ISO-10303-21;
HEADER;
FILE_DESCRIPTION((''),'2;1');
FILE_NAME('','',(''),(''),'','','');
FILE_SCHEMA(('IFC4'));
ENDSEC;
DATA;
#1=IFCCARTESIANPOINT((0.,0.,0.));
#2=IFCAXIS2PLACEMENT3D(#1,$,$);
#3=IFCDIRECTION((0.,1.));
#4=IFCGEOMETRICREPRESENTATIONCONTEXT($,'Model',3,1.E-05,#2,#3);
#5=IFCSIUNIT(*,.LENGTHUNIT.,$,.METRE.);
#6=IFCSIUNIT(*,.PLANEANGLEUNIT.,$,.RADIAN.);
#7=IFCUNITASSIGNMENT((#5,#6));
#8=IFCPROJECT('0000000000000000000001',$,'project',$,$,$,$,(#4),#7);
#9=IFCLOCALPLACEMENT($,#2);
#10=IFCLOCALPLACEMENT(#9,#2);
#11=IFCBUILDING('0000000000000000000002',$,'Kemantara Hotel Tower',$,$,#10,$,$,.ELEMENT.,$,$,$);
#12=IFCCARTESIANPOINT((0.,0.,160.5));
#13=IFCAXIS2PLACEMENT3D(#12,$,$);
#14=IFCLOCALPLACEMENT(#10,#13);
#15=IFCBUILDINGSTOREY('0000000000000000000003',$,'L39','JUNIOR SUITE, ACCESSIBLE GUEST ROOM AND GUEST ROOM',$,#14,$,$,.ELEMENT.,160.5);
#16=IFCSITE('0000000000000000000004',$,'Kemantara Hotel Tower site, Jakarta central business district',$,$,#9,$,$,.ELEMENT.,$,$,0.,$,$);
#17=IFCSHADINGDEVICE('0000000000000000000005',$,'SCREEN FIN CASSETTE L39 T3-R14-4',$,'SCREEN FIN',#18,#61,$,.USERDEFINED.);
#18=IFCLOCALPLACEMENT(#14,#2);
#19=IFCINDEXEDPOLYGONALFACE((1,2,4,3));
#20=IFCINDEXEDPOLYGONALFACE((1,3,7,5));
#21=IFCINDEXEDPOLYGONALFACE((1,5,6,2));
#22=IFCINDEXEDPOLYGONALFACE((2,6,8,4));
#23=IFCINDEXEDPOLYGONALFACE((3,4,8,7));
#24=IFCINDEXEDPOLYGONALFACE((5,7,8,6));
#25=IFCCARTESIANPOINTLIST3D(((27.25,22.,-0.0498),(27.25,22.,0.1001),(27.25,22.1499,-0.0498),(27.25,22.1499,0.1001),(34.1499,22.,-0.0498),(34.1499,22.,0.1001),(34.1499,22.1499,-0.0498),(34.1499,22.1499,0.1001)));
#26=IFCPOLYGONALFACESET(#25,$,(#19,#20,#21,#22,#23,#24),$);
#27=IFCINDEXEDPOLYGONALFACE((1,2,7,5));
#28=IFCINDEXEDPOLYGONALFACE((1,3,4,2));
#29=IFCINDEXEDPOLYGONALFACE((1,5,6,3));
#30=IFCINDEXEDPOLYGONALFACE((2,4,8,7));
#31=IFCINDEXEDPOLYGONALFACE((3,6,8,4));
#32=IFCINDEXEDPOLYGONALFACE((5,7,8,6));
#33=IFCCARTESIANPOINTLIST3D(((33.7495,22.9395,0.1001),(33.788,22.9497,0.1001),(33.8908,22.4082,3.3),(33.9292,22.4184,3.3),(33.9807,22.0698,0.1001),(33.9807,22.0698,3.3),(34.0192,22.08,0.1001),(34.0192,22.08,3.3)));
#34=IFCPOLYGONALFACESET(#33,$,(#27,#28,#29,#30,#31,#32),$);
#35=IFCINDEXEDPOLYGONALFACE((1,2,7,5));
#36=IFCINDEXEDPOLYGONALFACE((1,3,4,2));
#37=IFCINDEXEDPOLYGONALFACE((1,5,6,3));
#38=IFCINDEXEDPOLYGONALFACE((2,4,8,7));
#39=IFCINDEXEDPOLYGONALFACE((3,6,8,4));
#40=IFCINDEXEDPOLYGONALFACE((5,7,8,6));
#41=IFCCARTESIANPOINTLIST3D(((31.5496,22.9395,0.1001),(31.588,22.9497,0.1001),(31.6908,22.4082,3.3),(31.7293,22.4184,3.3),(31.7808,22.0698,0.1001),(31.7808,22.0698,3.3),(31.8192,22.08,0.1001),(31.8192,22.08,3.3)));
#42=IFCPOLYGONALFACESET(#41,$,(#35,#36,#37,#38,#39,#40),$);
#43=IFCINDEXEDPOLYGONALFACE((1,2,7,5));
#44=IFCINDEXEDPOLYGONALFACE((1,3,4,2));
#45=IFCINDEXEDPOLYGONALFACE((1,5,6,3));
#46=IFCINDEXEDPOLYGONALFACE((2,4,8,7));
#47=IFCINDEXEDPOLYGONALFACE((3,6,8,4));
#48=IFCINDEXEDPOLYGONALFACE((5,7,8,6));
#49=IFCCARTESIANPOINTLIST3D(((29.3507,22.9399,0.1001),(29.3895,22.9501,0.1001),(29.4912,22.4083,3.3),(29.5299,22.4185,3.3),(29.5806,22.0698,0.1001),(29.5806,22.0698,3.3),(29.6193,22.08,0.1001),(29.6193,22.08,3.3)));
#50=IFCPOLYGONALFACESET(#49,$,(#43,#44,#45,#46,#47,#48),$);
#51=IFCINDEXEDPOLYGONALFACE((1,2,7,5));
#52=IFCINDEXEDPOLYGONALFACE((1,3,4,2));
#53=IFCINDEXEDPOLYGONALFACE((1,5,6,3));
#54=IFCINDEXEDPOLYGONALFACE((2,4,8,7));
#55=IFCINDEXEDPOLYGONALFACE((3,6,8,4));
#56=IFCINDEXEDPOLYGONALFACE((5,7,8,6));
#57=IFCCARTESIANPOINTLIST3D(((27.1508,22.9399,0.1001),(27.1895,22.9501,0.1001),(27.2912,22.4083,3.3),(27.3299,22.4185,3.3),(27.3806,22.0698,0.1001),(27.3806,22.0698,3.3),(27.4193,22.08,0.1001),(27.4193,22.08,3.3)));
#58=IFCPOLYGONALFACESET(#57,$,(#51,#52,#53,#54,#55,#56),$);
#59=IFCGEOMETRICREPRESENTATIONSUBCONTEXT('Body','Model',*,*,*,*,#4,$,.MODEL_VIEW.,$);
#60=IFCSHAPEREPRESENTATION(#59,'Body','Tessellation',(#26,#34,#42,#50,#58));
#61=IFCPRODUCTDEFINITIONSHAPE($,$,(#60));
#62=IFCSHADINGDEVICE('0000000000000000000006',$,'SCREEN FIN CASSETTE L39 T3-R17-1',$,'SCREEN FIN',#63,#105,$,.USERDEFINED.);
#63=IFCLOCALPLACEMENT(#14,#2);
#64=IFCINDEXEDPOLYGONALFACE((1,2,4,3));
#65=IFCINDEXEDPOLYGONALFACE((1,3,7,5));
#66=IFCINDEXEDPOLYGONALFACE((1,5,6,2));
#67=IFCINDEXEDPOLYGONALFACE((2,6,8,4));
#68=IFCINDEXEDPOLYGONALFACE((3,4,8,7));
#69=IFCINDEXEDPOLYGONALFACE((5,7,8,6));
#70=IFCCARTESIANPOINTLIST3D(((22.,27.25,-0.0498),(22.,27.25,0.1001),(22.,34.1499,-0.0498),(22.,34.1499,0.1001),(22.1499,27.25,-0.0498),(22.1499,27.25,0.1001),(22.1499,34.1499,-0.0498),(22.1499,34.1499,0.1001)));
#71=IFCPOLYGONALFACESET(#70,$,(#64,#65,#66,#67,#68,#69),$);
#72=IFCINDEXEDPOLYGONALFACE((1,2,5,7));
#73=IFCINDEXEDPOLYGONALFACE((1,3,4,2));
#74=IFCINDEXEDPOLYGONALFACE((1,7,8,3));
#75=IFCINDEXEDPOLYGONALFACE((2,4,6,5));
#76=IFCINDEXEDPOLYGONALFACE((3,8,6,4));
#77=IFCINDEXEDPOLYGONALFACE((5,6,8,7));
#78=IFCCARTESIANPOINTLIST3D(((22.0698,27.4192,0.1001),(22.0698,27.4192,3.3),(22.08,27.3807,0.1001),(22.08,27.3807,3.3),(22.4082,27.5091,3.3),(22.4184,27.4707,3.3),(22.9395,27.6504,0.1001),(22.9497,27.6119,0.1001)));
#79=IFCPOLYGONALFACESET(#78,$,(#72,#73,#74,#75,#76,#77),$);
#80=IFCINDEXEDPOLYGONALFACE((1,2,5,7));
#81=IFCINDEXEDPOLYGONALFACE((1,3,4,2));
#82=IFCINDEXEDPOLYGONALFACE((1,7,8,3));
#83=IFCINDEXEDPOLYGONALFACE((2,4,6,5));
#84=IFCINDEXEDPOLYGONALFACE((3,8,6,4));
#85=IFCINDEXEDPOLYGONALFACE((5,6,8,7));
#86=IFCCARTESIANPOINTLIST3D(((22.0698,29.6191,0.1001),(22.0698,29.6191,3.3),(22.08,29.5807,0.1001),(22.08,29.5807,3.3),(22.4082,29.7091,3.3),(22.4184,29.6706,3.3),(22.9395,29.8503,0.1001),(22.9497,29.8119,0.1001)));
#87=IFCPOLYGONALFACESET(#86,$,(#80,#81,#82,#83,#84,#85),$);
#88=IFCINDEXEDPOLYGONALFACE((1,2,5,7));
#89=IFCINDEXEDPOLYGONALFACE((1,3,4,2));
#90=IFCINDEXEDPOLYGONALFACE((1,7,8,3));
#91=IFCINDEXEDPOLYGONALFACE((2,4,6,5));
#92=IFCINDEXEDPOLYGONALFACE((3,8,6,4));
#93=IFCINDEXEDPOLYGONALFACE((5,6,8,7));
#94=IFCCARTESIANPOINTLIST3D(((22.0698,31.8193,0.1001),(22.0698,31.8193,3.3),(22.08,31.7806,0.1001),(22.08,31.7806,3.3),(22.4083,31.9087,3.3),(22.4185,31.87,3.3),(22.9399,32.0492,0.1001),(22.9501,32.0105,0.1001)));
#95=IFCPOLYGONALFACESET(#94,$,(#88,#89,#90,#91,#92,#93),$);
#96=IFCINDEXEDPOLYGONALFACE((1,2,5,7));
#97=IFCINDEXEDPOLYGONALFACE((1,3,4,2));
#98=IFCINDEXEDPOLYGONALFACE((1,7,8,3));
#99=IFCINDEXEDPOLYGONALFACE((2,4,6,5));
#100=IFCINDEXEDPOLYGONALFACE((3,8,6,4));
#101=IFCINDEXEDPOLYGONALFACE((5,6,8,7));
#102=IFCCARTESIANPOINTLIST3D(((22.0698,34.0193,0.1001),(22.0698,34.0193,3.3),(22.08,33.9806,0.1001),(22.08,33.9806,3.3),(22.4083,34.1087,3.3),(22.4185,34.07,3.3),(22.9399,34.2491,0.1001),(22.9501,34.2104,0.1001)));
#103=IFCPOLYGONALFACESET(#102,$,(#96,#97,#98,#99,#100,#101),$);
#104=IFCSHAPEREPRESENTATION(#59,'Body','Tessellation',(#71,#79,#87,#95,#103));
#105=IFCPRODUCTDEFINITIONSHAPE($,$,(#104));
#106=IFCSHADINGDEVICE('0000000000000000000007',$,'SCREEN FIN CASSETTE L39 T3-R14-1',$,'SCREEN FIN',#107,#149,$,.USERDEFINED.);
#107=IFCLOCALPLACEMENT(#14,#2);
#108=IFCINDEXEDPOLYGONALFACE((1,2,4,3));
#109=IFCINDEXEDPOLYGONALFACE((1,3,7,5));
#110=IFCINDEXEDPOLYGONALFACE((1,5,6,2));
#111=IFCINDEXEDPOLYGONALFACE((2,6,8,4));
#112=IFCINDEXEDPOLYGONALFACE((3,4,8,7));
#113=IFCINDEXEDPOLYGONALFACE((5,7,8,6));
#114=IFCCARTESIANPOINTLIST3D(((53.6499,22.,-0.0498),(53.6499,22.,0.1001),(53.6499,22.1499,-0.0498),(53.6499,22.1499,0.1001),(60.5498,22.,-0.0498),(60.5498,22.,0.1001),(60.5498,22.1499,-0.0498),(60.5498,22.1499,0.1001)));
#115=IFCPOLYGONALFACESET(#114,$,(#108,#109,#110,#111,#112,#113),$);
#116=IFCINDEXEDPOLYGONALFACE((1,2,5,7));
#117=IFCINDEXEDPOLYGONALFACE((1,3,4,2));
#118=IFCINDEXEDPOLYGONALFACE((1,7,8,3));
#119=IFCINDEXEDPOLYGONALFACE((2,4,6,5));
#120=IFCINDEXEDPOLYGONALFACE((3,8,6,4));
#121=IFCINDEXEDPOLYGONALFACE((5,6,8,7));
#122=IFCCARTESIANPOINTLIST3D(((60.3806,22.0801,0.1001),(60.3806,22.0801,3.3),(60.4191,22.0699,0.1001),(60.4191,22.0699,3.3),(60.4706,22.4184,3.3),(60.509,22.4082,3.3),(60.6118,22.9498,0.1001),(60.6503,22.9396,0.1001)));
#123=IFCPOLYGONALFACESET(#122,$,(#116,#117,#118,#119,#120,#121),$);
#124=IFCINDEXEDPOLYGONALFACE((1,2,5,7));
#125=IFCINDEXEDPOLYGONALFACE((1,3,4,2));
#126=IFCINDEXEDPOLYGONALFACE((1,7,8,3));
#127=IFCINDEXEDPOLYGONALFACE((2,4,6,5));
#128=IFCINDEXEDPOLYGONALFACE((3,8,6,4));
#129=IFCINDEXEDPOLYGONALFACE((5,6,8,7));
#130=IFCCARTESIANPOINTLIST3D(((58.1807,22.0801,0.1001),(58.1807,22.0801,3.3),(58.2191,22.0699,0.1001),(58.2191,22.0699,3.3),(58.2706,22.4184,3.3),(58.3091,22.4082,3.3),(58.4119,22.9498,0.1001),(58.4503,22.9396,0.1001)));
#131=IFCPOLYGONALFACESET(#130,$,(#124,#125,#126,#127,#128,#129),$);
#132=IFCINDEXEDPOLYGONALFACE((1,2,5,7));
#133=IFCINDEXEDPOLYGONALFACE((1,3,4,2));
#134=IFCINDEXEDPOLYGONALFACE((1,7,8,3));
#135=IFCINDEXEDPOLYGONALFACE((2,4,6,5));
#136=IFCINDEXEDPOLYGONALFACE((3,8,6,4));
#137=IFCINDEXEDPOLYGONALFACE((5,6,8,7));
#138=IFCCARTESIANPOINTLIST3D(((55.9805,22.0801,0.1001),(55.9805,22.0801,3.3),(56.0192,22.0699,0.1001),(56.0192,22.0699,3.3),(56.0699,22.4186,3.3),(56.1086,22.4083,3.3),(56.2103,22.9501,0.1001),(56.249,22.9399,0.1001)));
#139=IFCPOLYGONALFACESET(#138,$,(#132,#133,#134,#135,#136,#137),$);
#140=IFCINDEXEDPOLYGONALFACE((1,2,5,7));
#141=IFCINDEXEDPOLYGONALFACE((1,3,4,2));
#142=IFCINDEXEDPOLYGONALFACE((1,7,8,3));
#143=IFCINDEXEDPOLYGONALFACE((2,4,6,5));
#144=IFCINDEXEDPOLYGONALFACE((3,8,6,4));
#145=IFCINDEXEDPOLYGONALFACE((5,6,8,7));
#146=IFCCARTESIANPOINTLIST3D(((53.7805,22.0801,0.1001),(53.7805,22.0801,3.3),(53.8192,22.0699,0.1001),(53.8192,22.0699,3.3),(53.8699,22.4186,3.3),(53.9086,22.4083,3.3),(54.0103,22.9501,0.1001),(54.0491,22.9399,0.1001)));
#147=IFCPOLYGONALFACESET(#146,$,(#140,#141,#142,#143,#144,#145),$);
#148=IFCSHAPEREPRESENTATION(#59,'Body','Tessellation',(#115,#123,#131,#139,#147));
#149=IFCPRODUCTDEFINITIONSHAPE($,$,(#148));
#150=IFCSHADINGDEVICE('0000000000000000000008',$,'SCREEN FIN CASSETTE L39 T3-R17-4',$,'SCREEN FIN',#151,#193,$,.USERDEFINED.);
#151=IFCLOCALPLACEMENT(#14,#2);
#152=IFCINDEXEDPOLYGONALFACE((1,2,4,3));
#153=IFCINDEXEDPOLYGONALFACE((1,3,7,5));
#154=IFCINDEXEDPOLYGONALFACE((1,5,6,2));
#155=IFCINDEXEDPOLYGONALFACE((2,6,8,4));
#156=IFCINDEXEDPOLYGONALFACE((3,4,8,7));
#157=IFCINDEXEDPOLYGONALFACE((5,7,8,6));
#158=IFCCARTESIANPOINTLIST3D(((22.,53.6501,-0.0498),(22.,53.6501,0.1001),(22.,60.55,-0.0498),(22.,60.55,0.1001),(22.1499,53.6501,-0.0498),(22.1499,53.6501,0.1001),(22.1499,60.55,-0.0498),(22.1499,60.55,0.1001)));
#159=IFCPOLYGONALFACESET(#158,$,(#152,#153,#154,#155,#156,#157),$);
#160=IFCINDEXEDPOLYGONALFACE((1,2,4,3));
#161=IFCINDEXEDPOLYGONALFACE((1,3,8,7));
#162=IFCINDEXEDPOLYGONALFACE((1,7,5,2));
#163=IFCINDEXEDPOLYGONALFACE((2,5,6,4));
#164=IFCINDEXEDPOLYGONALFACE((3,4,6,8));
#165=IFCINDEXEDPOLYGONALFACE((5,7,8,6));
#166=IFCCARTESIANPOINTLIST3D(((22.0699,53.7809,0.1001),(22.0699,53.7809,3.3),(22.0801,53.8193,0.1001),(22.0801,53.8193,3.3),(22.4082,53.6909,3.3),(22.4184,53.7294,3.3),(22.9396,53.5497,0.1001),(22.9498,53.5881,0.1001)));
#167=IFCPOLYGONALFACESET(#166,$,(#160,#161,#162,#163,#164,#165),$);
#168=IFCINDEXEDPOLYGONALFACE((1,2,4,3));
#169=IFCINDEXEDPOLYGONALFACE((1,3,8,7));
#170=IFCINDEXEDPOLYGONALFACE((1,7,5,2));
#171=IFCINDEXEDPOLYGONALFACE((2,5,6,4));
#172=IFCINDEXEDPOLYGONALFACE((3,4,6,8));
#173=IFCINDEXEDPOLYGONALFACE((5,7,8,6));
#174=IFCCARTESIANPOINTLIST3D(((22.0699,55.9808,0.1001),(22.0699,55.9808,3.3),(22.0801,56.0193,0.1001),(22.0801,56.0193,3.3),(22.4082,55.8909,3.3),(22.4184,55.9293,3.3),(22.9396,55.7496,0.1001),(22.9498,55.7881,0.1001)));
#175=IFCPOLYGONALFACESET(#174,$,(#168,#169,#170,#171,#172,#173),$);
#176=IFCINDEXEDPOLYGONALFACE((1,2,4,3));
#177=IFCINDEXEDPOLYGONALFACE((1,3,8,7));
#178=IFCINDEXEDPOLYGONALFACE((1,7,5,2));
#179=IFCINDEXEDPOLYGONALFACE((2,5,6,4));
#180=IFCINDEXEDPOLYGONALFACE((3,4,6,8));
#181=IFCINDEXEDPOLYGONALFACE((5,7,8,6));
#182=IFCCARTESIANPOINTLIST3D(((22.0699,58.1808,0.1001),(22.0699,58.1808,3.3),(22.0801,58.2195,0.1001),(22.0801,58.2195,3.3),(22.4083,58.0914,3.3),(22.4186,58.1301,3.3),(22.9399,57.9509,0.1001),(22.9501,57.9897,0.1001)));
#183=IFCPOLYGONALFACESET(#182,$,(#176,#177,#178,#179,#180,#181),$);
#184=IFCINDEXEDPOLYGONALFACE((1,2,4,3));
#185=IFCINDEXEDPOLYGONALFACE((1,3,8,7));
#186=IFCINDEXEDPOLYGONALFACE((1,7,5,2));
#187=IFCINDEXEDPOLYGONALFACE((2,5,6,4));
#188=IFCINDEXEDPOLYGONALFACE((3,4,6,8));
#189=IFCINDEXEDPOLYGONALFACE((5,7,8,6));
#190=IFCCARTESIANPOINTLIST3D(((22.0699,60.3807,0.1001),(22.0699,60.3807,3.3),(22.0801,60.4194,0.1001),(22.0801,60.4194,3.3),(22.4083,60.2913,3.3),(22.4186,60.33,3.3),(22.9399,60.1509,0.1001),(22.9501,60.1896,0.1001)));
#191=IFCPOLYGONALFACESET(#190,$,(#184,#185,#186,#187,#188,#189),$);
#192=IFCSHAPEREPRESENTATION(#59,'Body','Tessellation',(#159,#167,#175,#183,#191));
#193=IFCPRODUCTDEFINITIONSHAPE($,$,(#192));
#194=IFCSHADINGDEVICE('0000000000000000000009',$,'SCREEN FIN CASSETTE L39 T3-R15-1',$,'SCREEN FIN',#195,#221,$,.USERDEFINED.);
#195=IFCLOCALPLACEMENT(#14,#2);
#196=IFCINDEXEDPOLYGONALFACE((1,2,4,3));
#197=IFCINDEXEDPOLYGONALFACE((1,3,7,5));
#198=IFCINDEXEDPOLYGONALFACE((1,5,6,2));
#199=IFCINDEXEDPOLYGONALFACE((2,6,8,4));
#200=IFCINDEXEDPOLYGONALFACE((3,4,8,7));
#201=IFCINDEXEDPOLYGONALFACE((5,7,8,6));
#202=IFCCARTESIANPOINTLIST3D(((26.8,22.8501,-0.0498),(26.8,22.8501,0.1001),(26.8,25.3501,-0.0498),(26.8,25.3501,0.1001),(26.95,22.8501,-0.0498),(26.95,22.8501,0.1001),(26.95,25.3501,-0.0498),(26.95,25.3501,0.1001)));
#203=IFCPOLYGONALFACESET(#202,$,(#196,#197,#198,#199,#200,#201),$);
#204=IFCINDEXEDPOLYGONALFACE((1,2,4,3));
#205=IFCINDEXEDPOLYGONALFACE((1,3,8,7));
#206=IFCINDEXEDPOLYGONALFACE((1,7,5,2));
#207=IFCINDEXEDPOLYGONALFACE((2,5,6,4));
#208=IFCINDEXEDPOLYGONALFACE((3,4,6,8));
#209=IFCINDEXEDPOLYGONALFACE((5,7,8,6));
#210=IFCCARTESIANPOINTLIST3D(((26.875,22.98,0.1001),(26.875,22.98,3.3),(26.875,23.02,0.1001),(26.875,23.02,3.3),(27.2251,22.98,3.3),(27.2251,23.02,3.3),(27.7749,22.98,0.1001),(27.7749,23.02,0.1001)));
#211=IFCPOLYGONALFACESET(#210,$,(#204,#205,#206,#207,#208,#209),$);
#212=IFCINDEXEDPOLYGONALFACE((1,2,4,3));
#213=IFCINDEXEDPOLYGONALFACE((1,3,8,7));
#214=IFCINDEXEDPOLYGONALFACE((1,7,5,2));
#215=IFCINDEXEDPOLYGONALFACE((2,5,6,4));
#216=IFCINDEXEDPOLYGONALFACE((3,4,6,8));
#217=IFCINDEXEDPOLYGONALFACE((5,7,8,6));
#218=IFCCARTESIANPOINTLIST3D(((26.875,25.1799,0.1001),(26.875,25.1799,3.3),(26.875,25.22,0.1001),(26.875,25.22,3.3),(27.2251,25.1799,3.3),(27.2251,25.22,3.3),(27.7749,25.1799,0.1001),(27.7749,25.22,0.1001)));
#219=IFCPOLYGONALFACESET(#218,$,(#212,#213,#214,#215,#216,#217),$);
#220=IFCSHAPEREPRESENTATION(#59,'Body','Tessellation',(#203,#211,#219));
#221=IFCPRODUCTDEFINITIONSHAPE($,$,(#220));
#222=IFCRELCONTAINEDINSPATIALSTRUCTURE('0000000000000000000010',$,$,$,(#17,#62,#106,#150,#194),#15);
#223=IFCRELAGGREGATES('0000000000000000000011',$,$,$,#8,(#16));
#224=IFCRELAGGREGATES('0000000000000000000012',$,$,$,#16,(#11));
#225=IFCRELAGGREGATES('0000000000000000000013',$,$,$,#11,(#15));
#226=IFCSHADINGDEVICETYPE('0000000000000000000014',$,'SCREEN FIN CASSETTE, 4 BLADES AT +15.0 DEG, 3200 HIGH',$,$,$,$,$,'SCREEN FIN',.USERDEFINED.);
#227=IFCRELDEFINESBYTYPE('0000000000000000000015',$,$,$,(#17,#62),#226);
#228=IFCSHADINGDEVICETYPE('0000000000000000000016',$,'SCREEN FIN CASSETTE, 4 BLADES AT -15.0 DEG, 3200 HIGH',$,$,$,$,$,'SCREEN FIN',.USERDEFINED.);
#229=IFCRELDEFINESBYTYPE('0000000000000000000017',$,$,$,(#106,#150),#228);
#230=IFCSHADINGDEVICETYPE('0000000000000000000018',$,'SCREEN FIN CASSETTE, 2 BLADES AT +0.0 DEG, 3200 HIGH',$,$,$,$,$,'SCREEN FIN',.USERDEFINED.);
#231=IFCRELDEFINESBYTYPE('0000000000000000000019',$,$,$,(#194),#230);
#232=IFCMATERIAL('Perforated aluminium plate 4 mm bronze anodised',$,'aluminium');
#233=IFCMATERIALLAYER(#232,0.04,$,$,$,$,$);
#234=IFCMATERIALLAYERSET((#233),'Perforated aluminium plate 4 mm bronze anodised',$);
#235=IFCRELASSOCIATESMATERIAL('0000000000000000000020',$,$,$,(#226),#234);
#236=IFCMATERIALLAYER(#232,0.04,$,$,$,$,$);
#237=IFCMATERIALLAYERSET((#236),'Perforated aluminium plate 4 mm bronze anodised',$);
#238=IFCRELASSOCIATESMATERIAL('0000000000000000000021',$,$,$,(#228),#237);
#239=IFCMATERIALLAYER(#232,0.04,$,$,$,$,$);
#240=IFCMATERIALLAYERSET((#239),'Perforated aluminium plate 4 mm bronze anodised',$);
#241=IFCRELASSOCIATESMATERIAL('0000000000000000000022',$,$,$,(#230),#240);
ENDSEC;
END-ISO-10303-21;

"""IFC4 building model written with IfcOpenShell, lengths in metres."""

from ifc_helpers import new_model, si_unit, direction, frame, origin, origin_2d, place, context, subcontext, project, spatial, polyline, rectangle, outline, extrude, source, transform, mapped, material, layer, layer_set, type_object, element, save


model = new_model("IFC4")

# Units and contexts
model_context = context("Model", 3, precision=1e-05, world=origin(), true_north=direction((0.0, 1.0)))
body_context = subcontext(model_context, "Body", "Model", "MODEL_VIEW")
ifc_project = project(units=[si_unit("LENGTHUNIT", "METRE"), si_unit("PLANEANGLEUNIT", "RADIAN")], contexts=[model_context])

# Site, building, storey
site_placement = place(None, origin())
site = spatial("IfcSite", under=ifc_project, at=site_placement, Name="Kemantara Hotel Tower site, Jakarta central business district", CompositionType="ELEMENT", RefElevation=0.0)
building_placement = place(site_placement, origin())
building = spatial("IfcBuilding", under=site, at=building_placement, Name="Kemantara Hotel Tower", CompositionType="ELEMENT")
storey_placement = place(building_placement, frame((0.0, 0.0, 160.5)))
storey = spatial("IfcBuildingStorey", under=building, at=storey_placement, Name="L39", Description="JUNIOR SUITE, ACCESSIBLE GUEST ROOM AND GUEST ROOM", CompositionType="ELEMENT", Elevation=160.5)

# Shading devices
ifc_material_1 = material(Name="Perforated aluminium plate 4 mm bronze anodised", Category="aluminium")
ifc_layer_1 = layer(ifc_material_1, 0.04)
ifc_layer_set_1 = layer_set([ifc_layer_1], Name="Perforated aluminium plate 4 mm bronze anodised")
shading_device_type_1 = type_object("IfcShadingDeviceType", Name="SCREEN FIN CASSETTE, 4 BLADES AT +15.0 DEG, 3200 HIGH", ElementType="SCREEN FIN", PredefinedType="USERDEFINED", material=ifc_layer_set_1)
shared_shape_1 = source(origin(), body_context, "Body", "SweptSolid", [
    extrude(rectangle(XDim=6.8999, YDim=0.1499, at=origin_2d()), frame((3.3, -0.075, -0.1499), z_axis=(0.0, 0.0, 1.0), x_axis=(1.0, 0.0, 0.0)), (0.0, 0.0, 1.0), 0.1499),
    extrude(outline(polyline([(0.0, 0.0), (0.8999, 0.0), (0.3501, 3.2), (0.0, 3.2), (0.0, 0.0)])), frame((0.0193, -0.0698, 0.0), z_axis=(-0.966438, -0.256901, 0.0), x_axis=(0.256901, -0.966438, 0.0)), (0.0, 0.0, 1.0), 0.0398),
    extrude(outline(polyline([(0.0, 0.0), (0.8999, 0.0), (0.3501, 3.2), (0.0, 3.2), (0.0, 0.0)])), frame((2.2192, -0.0698, 0.0), z_axis=(-0.966438, -0.256901, 0.0), x_axis=(0.256901, -0.966438, 0.0)), (0.0, 0.0, 1.0), 0.0398),
    extrude(outline(polyline([(0.0, 0.0), (0.8999, 0.0), (0.3501, 3.2), (0.0, 3.2), (0.0, 0.0)])), frame((4.4194, -0.0698, 0.0), z_axis=(-0.966838, -0.255391, 0.0), x_axis=(0.255391, -0.966838, 0.0)), (0.0, 0.0, 1.0), 0.04),
    extrude(outline(polyline([(0.0, 0.0), (0.8999, 0.0), (0.3501, 3.2), (0.0, 3.2), (0.0, 0.0)])), frame((6.6194, -0.0698, 0.0), z_axis=(-0.966838, -0.255391, 0.0), x_axis=(0.255391, -0.966838, 0.0)), (0.0, 0.0, 1.0), 0.04),
])
for number, where, z_axis, x_axis, name in (
    (1, (34.0, 22.0, 0.1001), (0.0, 0.0, 1.0), (-1.0, 0.0, 0.0), "SCREEN FIN CASSETTE L39 T3-R14-4"),
    (2, (22.0, 27.3999, 0.1001), (0.0, 0.0, 1.0), (0.0, 1.0, 0.0), "SCREEN FIN CASSETTE L39 T3-R17-1"),
):
    element("IfcShadingDevice", number, at=place(storey_placement, frame(where, z_axis=z_axis, x_axis=x_axis)), inside=storey, type_object=shading_device_type_1, Name=name, ObjectType="SCREEN FIN", PredefinedType="USERDEFINED", context=body_context, shape_type="MappedRepresentation", body=[
        mapped(shared_shape_1, transform((0.0, 0.0, 0.0))),
    ])
ifc_layer_2 = layer(ifc_material_1, 0.04)
ifc_layer_set_2 = layer_set([ifc_layer_2], Name="Perforated aluminium plate 4 mm bronze anodised")
shading_device_type_2 = type_object("IfcShadingDeviceType", Name="SCREEN FIN CASSETTE, 4 BLADES AT -15.0 DEG, 3200 HIGH", ElementType="SCREEN FIN", PredefinedType="USERDEFINED", material=ifc_layer_set_2)
shared_shape_2 = source(origin(), body_context, "Body", "SweptSolid", [
    extrude(rectangle(XDim=6.8999, YDim=0.1499, at=origin_2d()), frame((3.3, -0.075, -0.1499), z_axis=(0.0, 0.0, 1.0), x_axis=(1.0, 0.0, 0.0)), (0.0, 0.0, 1.0), 0.1499),
    extrude(outline(polyline([(0.0, 0.0), (0.8999, 0.0), (0.3501, 3.2), (0.0, 3.2), (0.0, 0.0)])), frame((0.0193, -0.0801, 0.0), z_axis=(-0.966438, 0.256901, 0.0), x_axis=(-0.256901, -0.966438, 0.0)), (0.0, 0.0, 1.0), 0.0398),
    extrude(outline(polyline([(0.0, 0.0), (0.8999, 0.0), (0.3501, 3.2), (0.0, 3.2), (0.0, 0.0)])), frame((2.2192, -0.0801, 0.0), z_axis=(-0.966438, 0.256901, 0.0), x_axis=(-0.256901, -0.966438, 0.0)), (0.0, 0.0, 1.0), 0.0398),
    extrude(outline(polyline([(0.0, 0.0), (0.8999, 0.0), (0.3501, 3.2), (0.0, 3.2), (0.0, 0.0)])), frame((4.4194, -0.0801, 0.0), z_axis=(-0.966838, 0.255391, 0.0), x_axis=(-0.255391, -0.966838, 0.0)), (0.0, 0.0, 1.0), 0.04),
    extrude(outline(polyline([(0.0, 0.0), (0.8999, 0.0), (0.3501, 3.2), (0.0, 3.2), (0.0, 0.0)])), frame((6.6194, -0.0801, 0.0), z_axis=(-0.966838, 0.255391, 0.0), x_axis=(-0.255391, -0.966838, 0.0)), (0.0, 0.0, 1.0), 0.04),
])
for number, where, z_axis, x_axis, name in (
    (3, (60.3999, 22.0, 0.1001), (0.0, 0.0, 1.0), (-1.0, 0.0, 0.0), "SCREEN FIN CASSETTE L39 T3-R14-1"),
    (4, (22.0, 53.8, 0.1001), (0.0, 0.0, 1.0), (0.0, 1.0, 0.0), "SCREEN FIN CASSETTE L39 T3-R17-4"),
):
    element("IfcShadingDevice", number, at=place(storey_placement, frame(where, z_axis=z_axis, x_axis=x_axis)), inside=storey, type_object=shading_device_type_2, Name=name, ObjectType="SCREEN FIN", PredefinedType="USERDEFINED", context=body_context, shape_type="MappedRepresentation", body=[
        mapped(shared_shape_2, transform((0.0, 0.0, 0.0))),
    ])
ifc_layer_3 = layer(ifc_material_1, 0.04)
ifc_layer_set_3 = layer_set([ifc_layer_3], Name="Perforated aluminium plate 4 mm bronze anodised")
shading_device_type_3 = type_object("IfcShadingDeviceType", Name="SCREEN FIN CASSETTE, 2 BLADES AT +0.0 DEG, 3200 HIGH", ElementType="SCREEN FIN", PredefinedType="USERDEFINED", material=ifc_layer_set_3)
shared_shape_3 = source(origin(), body_context, "Body", "SweptSolid", [
    extrude(rectangle(XDim=2.5, YDim=0.1499, at=origin_2d()), frame((1.1001, -0.075, -0.1499), z_axis=(0.0, 0.0, 1.0), x_axis=(1.0, 0.0, 0.0)), (0.0, 0.0, 1.0), 0.1499),
    extrude(outline(polyline([(0.0, 0.0), (0.8999, 0.0), (0.3501, 3.2), (0.0, 3.2), (0.0, 0.0)])), frame((0.02, -0.075, 0.0), z_axis=(-1.0, 0.0, 0.0), x_axis=(0.0, -1.0, 0.0)), (0.0, 0.0, 1.0), 0.04),
    extrude(outline(polyline([(0.0, 0.0), (0.8999, 0.0), (0.3501, 3.2), (0.0, 3.2), (0.0, 0.0)])), frame((2.22, -0.075, 0.0), z_axis=(-1.0, 0.0, 0.0), x_axis=(0.0, -1.0, 0.0)), (0.0, 0.0, 1.0), 0.04),
])
for number, where, z_axis, x_axis, name in (
    (5, (26.8, 23.0, 0.1001), (0.0, 0.0, 1.0), (0.0, 1.0, 0.0), "SCREEN FIN CASSETTE L39 T3-R15-1"),
):
    element("IfcShadingDevice", number, at=place(storey_placement, frame(where, z_axis=z_axis, x_axis=x_axis)), inside=storey, type_object=shading_device_type_3, Name=name, ObjectType="SCREEN FIN", PredefinedType="USERDEFINED", context=body_context, shape_type="MappedRepresentation", body=[
        mapped(shared_shape_3, transform((0.0, 0.0, 0.0))),
    ])

save(model, "model.ifc")
